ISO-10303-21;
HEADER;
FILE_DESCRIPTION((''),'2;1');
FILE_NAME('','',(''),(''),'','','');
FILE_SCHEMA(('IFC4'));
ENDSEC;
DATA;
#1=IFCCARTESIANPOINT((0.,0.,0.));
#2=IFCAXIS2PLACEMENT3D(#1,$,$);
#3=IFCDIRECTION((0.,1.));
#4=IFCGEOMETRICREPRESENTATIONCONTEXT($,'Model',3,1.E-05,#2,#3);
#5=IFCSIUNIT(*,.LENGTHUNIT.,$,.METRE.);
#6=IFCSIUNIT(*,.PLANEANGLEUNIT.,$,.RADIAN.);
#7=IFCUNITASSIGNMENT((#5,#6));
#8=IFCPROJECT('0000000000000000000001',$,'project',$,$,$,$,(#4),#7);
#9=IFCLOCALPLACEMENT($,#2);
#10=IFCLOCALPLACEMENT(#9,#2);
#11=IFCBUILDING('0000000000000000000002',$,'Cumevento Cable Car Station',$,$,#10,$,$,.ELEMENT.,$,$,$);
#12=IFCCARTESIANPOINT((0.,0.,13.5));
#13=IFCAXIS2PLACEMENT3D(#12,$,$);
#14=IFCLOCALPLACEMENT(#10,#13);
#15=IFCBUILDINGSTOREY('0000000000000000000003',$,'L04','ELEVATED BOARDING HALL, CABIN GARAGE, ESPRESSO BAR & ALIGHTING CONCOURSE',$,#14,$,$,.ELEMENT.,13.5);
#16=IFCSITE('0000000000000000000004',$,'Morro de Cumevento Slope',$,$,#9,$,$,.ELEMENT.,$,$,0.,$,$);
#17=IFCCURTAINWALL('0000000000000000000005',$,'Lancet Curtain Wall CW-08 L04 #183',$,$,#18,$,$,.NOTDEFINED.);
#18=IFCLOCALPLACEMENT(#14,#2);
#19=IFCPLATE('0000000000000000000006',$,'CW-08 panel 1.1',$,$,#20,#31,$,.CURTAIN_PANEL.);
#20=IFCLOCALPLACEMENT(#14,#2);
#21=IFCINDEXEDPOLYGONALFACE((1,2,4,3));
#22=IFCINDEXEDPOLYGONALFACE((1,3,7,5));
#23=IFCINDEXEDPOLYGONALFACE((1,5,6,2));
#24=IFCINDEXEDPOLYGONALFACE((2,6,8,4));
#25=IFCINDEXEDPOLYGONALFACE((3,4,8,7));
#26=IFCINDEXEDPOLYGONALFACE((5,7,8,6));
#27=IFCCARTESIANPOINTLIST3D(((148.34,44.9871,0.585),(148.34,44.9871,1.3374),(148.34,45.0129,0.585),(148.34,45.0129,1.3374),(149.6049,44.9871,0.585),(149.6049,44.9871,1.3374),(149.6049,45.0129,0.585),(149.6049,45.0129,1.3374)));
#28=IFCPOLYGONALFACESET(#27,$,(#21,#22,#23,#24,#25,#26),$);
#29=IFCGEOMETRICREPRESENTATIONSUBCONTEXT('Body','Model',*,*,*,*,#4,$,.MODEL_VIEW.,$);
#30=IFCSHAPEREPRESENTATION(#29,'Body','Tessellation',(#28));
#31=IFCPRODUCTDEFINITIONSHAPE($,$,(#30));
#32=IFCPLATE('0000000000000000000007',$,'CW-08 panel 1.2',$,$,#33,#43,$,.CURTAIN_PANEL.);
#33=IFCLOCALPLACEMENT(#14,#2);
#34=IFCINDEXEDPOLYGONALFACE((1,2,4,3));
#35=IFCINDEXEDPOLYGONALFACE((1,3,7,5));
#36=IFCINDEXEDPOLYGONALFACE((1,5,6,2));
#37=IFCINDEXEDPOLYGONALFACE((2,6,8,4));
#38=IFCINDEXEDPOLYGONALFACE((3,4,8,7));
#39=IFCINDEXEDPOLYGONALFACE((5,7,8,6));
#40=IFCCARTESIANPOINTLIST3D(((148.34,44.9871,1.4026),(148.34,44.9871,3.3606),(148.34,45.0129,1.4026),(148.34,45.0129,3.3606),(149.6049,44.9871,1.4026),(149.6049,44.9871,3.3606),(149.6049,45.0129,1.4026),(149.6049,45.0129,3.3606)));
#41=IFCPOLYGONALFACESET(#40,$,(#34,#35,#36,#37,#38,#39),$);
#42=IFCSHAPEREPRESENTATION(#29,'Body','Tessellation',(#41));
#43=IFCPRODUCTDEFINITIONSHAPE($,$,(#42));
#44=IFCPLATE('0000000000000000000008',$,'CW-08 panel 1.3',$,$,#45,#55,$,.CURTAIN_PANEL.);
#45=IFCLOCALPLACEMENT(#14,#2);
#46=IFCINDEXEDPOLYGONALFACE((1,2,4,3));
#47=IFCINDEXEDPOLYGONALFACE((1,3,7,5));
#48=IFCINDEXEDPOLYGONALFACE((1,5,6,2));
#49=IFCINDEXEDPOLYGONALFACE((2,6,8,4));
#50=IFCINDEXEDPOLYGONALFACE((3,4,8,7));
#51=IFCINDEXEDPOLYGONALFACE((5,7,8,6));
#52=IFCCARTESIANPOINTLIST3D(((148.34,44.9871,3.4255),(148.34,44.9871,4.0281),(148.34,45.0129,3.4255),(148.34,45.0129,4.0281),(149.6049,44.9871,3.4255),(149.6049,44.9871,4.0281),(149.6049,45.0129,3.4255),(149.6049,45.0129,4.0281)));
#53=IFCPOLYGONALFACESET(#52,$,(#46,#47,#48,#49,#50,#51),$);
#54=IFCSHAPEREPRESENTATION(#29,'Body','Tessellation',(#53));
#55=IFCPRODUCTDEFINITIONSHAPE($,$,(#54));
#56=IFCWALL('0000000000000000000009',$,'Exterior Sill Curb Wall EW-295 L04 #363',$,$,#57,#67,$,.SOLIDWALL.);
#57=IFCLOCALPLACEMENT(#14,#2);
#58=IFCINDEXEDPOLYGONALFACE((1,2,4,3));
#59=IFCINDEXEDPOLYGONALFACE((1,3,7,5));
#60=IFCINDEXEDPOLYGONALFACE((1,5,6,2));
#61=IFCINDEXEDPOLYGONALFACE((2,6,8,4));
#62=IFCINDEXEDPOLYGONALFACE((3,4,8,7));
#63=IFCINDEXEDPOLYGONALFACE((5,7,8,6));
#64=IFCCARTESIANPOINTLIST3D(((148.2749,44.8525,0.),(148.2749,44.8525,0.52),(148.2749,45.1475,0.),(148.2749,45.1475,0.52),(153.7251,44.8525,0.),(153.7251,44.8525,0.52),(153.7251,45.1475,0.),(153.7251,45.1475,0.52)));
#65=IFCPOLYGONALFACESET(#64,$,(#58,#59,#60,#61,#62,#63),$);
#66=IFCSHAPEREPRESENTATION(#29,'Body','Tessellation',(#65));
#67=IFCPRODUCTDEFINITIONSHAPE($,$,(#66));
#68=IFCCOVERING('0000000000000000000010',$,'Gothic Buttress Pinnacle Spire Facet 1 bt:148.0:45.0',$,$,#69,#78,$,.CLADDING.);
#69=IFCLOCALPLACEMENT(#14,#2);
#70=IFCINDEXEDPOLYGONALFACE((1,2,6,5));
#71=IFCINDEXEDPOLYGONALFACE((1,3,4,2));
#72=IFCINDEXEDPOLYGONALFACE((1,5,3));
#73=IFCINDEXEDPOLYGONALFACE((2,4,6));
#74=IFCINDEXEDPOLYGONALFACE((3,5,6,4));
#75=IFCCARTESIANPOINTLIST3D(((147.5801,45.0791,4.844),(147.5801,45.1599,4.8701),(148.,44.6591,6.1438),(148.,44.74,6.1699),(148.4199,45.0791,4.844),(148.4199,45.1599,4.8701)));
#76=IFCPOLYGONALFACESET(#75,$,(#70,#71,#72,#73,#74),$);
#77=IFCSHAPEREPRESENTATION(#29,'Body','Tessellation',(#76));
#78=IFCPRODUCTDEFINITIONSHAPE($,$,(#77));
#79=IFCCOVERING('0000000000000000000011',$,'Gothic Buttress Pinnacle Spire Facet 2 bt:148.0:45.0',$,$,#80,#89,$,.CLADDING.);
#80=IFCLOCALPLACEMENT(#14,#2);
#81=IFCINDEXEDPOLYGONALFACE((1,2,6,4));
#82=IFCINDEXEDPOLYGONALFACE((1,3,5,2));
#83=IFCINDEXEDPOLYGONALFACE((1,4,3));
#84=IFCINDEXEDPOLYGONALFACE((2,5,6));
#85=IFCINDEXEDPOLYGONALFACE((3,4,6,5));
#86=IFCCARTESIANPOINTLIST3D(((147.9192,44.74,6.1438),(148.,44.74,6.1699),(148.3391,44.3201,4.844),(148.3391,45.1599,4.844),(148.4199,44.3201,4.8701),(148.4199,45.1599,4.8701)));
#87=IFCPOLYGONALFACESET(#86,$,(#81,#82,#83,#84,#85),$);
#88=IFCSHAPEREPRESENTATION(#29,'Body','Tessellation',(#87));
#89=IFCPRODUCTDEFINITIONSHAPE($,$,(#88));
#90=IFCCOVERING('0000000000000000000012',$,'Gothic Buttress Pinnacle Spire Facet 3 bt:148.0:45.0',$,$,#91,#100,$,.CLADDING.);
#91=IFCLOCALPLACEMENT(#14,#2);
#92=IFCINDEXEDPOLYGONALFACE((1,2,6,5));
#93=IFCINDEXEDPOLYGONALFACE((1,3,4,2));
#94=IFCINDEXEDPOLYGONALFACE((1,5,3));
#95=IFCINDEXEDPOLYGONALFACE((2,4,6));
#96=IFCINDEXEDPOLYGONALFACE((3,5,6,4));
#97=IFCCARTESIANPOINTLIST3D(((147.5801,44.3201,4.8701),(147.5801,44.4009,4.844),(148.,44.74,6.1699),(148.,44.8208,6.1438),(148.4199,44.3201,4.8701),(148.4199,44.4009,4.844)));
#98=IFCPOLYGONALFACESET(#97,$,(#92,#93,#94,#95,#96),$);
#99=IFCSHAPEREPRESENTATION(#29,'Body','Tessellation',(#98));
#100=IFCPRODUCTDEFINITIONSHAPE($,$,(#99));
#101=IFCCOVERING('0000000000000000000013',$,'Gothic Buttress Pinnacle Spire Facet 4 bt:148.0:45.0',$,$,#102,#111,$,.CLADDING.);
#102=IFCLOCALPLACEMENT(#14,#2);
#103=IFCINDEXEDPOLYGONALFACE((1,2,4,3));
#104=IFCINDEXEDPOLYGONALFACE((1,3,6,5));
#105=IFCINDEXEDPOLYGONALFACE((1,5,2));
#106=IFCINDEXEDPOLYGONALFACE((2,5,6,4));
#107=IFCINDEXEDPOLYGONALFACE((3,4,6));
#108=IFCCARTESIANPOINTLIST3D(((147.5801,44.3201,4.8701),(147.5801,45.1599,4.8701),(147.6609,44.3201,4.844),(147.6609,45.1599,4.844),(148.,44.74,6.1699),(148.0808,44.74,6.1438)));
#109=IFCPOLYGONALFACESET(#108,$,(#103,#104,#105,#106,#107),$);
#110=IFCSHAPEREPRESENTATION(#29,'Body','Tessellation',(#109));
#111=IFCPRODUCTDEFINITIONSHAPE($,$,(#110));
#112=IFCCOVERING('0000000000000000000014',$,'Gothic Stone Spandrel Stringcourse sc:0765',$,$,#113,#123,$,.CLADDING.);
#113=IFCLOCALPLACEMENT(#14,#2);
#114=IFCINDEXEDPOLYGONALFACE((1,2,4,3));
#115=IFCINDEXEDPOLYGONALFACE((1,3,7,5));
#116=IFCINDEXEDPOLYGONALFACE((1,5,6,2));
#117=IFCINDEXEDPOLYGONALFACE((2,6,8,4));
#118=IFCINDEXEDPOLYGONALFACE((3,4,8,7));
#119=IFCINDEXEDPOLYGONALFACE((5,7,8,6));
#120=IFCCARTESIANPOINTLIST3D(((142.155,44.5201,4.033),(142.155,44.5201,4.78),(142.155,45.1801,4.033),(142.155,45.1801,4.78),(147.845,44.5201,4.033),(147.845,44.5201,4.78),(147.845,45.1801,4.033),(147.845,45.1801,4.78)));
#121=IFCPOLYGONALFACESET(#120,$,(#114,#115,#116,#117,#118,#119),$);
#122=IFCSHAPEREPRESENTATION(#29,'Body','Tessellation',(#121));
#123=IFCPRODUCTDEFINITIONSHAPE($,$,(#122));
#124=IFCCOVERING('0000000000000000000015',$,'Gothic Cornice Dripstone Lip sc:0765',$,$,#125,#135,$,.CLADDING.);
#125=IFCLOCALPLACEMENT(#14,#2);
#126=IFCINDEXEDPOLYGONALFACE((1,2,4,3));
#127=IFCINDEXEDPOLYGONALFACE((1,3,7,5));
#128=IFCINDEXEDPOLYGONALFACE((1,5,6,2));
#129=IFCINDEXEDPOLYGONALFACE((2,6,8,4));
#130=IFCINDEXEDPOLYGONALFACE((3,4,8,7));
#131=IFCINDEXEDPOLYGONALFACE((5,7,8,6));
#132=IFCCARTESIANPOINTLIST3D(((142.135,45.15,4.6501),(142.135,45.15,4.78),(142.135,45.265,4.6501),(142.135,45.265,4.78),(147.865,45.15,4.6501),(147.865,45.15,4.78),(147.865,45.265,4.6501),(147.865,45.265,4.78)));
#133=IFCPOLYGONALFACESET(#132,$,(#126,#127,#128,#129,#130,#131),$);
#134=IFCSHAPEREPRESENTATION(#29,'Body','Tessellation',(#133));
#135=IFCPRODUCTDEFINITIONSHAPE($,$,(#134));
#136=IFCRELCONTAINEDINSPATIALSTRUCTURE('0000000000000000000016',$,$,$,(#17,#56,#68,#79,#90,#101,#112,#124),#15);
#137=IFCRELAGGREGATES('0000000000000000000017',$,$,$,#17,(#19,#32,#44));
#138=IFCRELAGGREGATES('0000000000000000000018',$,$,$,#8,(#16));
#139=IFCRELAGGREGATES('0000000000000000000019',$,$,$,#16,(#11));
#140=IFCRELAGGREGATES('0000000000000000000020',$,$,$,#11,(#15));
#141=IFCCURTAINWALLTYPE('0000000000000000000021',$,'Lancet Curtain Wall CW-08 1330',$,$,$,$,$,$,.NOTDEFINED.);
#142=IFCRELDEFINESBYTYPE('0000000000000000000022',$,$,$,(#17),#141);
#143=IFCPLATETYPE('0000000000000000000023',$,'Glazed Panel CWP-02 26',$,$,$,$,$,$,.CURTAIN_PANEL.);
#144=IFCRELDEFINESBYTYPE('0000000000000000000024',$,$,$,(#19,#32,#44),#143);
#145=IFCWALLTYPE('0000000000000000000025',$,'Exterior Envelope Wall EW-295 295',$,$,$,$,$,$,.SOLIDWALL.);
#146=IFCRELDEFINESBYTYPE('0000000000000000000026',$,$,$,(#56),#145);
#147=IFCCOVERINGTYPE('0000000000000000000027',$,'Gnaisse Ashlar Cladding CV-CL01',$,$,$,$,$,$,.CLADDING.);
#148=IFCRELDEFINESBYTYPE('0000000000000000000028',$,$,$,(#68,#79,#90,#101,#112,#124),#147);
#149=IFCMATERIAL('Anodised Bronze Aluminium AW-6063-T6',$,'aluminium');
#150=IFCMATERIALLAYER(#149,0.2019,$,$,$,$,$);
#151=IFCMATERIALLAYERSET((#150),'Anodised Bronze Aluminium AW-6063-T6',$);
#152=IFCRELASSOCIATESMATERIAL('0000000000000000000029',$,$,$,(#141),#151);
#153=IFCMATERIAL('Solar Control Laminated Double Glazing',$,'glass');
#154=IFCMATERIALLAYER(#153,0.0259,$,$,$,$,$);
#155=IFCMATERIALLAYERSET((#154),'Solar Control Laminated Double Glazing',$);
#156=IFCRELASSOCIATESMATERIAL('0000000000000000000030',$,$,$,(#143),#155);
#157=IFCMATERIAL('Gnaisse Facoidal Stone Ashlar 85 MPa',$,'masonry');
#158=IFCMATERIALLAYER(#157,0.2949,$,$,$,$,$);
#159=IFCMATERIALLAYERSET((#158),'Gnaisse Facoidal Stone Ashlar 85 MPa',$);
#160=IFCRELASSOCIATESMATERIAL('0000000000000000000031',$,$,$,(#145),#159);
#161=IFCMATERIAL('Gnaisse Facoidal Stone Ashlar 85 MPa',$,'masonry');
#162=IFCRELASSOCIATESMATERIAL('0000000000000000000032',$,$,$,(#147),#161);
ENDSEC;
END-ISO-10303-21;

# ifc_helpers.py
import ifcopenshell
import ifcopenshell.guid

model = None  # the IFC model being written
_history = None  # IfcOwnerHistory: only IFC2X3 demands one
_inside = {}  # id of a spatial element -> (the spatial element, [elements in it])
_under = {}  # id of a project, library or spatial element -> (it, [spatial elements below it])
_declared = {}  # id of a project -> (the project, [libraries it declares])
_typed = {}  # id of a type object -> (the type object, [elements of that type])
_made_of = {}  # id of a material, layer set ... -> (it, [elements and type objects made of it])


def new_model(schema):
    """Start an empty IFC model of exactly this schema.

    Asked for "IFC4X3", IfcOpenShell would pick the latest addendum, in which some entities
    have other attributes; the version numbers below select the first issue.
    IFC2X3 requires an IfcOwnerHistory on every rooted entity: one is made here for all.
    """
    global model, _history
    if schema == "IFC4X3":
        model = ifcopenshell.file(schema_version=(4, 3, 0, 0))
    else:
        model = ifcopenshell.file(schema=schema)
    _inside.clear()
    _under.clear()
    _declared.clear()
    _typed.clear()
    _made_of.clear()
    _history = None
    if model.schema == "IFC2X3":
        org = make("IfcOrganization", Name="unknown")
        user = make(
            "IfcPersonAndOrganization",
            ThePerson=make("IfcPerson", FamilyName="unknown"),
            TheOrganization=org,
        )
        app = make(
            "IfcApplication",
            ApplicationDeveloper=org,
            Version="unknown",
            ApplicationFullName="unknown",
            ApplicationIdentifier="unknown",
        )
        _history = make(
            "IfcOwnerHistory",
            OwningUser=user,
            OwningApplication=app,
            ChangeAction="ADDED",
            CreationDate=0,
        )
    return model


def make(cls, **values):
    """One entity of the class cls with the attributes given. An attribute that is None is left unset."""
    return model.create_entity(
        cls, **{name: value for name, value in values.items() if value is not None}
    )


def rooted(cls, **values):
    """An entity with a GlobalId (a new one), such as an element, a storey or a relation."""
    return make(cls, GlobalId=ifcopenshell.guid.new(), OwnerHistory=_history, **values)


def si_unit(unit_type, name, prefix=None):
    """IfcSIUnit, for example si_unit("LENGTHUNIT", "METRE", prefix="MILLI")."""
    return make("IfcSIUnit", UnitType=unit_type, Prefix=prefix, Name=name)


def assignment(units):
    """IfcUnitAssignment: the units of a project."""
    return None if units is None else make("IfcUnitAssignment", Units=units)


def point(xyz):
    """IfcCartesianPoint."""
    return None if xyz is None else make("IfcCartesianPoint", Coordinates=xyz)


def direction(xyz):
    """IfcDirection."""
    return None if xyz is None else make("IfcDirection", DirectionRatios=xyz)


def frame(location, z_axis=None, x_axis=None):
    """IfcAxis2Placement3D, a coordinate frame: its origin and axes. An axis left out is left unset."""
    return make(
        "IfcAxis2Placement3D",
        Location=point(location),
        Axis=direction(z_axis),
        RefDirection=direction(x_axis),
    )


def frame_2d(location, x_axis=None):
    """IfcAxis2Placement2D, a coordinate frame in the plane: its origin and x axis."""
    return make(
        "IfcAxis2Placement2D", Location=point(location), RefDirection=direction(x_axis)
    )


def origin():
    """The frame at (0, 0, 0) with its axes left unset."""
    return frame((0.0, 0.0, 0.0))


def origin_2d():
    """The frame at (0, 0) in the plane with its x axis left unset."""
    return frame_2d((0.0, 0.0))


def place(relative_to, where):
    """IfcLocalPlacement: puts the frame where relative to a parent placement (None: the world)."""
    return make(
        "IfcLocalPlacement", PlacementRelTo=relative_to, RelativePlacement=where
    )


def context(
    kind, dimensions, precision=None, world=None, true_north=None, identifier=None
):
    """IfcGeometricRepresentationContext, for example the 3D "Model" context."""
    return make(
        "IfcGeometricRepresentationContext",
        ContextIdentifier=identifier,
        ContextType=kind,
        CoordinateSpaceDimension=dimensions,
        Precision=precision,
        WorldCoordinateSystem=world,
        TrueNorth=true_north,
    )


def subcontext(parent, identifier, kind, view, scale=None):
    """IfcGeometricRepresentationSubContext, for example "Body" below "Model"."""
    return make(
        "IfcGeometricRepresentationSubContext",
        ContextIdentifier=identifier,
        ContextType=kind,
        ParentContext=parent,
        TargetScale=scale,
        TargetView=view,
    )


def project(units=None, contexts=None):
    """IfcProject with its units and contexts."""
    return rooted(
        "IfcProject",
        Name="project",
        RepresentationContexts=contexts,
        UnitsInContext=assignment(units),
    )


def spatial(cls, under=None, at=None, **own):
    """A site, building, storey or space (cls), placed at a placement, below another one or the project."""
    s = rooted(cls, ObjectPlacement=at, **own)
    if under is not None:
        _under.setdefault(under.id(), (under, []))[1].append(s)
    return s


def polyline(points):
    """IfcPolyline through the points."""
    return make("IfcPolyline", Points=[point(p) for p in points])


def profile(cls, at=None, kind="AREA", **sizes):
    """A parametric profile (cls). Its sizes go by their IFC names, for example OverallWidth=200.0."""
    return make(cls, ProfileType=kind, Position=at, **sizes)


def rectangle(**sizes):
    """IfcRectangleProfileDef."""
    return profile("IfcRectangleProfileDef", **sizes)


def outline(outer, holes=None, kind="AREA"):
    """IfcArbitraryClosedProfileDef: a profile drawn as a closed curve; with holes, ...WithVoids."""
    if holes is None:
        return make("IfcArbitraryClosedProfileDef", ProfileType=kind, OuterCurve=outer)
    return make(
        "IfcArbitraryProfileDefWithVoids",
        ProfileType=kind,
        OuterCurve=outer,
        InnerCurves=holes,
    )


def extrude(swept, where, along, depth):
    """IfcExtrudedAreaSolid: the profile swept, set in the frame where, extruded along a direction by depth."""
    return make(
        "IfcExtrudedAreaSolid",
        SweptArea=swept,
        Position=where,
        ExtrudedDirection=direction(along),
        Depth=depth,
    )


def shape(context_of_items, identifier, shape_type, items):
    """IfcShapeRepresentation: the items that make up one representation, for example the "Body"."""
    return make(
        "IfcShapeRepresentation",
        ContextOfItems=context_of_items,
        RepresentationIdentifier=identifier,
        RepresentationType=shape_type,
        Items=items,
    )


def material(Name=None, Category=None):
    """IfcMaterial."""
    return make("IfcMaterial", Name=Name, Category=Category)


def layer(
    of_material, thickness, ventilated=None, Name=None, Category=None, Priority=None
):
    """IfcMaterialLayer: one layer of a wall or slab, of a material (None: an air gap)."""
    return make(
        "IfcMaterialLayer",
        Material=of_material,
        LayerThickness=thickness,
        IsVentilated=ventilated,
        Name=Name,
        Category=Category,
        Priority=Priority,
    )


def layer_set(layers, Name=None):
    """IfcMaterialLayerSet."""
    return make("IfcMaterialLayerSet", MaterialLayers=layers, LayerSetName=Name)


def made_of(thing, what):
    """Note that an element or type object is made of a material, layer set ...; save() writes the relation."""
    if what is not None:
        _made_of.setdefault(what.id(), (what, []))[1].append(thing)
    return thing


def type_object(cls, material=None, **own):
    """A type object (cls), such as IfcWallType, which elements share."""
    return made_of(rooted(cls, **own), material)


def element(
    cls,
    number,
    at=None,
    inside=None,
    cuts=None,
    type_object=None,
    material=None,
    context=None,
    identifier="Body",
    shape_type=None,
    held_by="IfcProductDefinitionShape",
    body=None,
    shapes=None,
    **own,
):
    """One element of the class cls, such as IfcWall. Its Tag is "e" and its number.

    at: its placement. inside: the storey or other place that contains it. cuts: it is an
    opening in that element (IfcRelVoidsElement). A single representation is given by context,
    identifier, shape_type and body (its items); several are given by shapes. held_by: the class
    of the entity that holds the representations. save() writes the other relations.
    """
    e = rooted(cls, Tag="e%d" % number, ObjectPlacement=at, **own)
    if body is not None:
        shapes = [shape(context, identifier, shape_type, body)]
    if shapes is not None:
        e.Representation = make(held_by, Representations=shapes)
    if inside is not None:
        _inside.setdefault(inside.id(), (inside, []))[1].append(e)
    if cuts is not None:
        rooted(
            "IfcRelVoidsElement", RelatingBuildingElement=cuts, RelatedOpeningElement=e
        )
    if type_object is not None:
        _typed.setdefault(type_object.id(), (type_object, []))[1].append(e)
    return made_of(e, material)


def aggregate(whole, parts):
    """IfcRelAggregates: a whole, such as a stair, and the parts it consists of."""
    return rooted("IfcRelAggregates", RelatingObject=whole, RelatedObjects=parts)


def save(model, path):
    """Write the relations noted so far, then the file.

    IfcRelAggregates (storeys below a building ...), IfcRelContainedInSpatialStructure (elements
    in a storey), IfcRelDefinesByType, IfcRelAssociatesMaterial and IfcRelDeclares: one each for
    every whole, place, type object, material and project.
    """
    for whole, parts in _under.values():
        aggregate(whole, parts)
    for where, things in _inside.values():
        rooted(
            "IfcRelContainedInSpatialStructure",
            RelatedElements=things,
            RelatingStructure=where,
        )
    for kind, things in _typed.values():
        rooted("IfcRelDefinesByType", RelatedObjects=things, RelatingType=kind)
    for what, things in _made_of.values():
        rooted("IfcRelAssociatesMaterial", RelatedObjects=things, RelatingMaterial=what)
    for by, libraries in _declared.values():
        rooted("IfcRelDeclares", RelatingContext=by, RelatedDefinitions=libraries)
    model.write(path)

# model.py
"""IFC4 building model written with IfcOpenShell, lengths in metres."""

from ifc_helpers import new_model, si_unit, direction, frame, frame_2d, origin, origin_2d, place, context, subcontext, project, spatial, polyline, rectangle, outline, extrude, material, layer, layer_set, type_object, element, aggregate, save


model = new_model("IFC4")

# Units and contexts
model_context = context("Model", 3, precision=1e-05, world=origin(), true_north=direction((0.0, 1.0)))
body_context = subcontext(model_context, "Body", "Model", "MODEL_VIEW")
ifc_project = project(units=[si_unit("LENGTHUNIT", "METRE"), si_unit("PLANEANGLEUNIT", "RADIAN")], contexts=[model_context])

# Site, building, storey
site_placement = place(None, origin())
site = spatial("IfcSite", under=ifc_project, at=site_placement, Name="Morro de Cumevento Slope", CompositionType="ELEMENT", RefElevation=0.0)
building_placement = place(site_placement, origin())
building = spatial("IfcBuilding", under=site, at=building_placement, Name="Cumevento Cable Car Station", CompositionType="ELEMENT")
storey_placement = place(building_placement, frame((0.0, 0.0, 13.5)))
storey = spatial("IfcBuildingStorey", under=building, at=storey_placement, Name="L04", Description="ELEVATED BOARDING HALL, CABIN GARAGE, ESPRESSO BAR & ALIGHTING CONCOURSE", CompositionType="ELEMENT", Elevation=13.5)

# Curtain wall
ifc_material_1 = material(Name="Anodised Bronze Aluminium AW-6063-T6", Category="aluminium")
ifc_layer_1 = layer(ifc_material_1, 0.2019)
ifc_layer_set_1 = layer_set([ifc_layer_1], Name="Anodised Bronze Aluminium AW-6063-T6")
curtain_wall_type = type_object("IfcCurtainWallType", Name="Lancet Curtain Wall CW-08 1330", PredefinedType="NOTDEFINED", material=ifc_layer_set_1)
curtain_wall_placement = place(storey_placement, origin())
curtain_wall = element("IfcCurtainWall", 1, at=curtain_wall_placement, inside=storey, type_object=curtain_wall_type, Name="Lancet Curtain Wall CW-08 L04 #183", PredefinedType="NOTDEFINED")

# Plates
ifc_material_2 = material(Name="Solar Control Laminated Double Glazing", Category="glass")
ifc_layer_2 = layer(ifc_material_2, 0.0259)
ifc_layer_set_2 = layer_set([ifc_layer_2], Name="Solar Control Laminated Double Glazing")
plate_type = type_object("IfcPlateType", Name="Glazed Panel CWP-02 26", PredefinedType="CURTAIN_PANEL", material=ifc_layer_set_2)
plate_1_placement = place(storey_placement, frame((148.9724, 45.0, 0.585), z_axis=(0.0, 0.0, 1.0), x_axis=(1.0, 0.0, 0.0)))
plate_1 = element("IfcPlate", 2, at=plate_1_placement, type_object=plate_type, Name="CW-08 panel 1.1", PredefinedType="CURTAIN_PANEL", context=body_context, shape_type="SweptSolid", body=[
    extrude(rectangle(XDim=1.2649, YDim=0.0259, at=origin_2d()), origin(), (0.0, 0.0, 1.0), 0.7524),
])
plate_2_placement = place(storey_placement, frame((148.9724, 45.0, 1.4026), z_axis=(0.0, 0.0, 1.0), x_axis=(1.0, 0.0, 0.0)))
plate_2 = element("IfcPlate", 3, at=plate_2_placement, type_object=plate_type, Name="CW-08 panel 1.2", PredefinedType="CURTAIN_PANEL", context=body_context, shape_type="SweptSolid", body=[
    extrude(rectangle(XDim=1.2649, YDim=0.0259, at=origin_2d()), origin(), (0.0, 0.0, 1.0), 1.958),
])
plate_3_placement = place(storey_placement, frame((148.9724, 45.0, 3.4255), z_axis=(0.0, 0.0, 1.0), x_axis=(1.0, 0.0, 0.0)))
plate_3 = element("IfcPlate", 4, at=plate_3_placement, type_object=plate_type, Name="CW-08 panel 1.3", PredefinedType="CURTAIN_PANEL", context=body_context, shape_type="SweptSolid", body=[
    extrude(rectangle(XDim=1.2649, YDim=0.0259, at=origin_2d()), origin(), (0.0, 0.0, 1.0), 0.6025),
])
aggregate(curtain_wall, [plate_1, plate_2, plate_3])

# Wall
ifc_material_3 = material(Name="Gnaisse Facoidal Stone Ashlar 85 MPa", Category="masonry")
ifc_layer_3 = layer(ifc_material_3, 0.2949)
ifc_layer_set_3 = layer_set([ifc_layer_3], Name="Gnaisse Facoidal Stone Ashlar 85 MPa")
wall_type = type_object("IfcWallType", Name="Exterior Envelope Wall EW-295 295", PredefinedType="SOLIDWALL", material=ifc_layer_set_3)
wall_placement = place(storey_placement, frame((148.2749, 45.0, 0.0), z_axis=(0.0, 0.0, 1.0), x_axis=(1.0, 0.0, 0.0)))
element("IfcWall", 5, at=wall_placement, inside=storey, type_object=wall_type, Name="Exterior Sill Curb Wall EW-295 L04 #363", PredefinedType="SOLIDWALL", context=body_context, shape_type="SweptSolid", body=[
    extrude(rectangle(XDim=5.4502, YDim=0.2949, at=frame_2d((2.7251, 0.0))), origin(), (0.0, 0.0, 1.0), 0.52),
])

# Coverings
ifc_material_4 = material(Name="Gnaisse Facoidal Stone Ashlar 85 MPa", Category="masonry")
covering_type = type_object("IfcCoveringType", Name="Gnaisse Ashlar Cladding CV-CL01", PredefinedType="CLADDING", material=ifc_material_4)
for number, where, z_axis, x_axis, name in (
    (6, (147.5801, 45.1599, 4.8701), (0.0, 0.951574, 0.307421), (1.0, 0.0, 0.0), "Gothic Buttress Pinnacle Spire Facet 1 bt:148.0:45.0"),
    (7, (148.4199, 45.1599, 4.8701), (0.951574, 0.0, 0.307421), (0.0, -1.0, 0.0), "Gothic Buttress Pinnacle Spire Facet 2 bt:148.0:45.0"),
    (8, (148.4199, 44.3201, 4.8701), (0.0, -0.951574, 0.307421), (-1.0, 0.0, 0.0), "Gothic Buttress Pinnacle Spire Facet 3 bt:148.0:45.0"),
    (9, (147.5801, 44.3201, 4.8701), (-0.951574, 0.0, 0.307421), (0.0, 1.0, 0.0), "Gothic Buttress Pinnacle Spire Facet 4 bt:148.0:45.0"),
):
    element("IfcCovering", number, at=place(storey_placement, frame(where, z_axis=z_axis, x_axis=x_axis)), inside=storey, type_object=covering_type, Name=name, PredefinedType="CLADDING", context=body_context, shape_type="SweptSolid", body=[
        extrude(outline(polyline([(0.0, 0.0), (0.8398, 0.0), (0.4199, -1.366), (0.0, 0.0)])), origin(), (0.0, 0.0, -1.0), 0.085),
    ])
covering_1_placement = place(storey_placement, frame((145.0, 44.8501, 4.033), z_axis=(0.0, 0.0, 1.0), x_axis=(1.0, 0.0, 0.0)))
element("IfcCovering", 10, at=covering_1_placement, inside=storey, type_object=covering_type, Name="Gothic Stone Spandrel Stringcourse sc:0765", PredefinedType="CLADDING", context=body_context, shape_type="SweptSolid", body=[
    extrude(rectangle(XDim=5.6899, YDim=0.6599, at=origin_2d()), origin(), (0.0, 0.0, 1.0), 0.7471),
])
covering_2_placement = place(storey_placement, frame((145.0, 45.2075, 4.6501), z_axis=(0.0, 0.0, 1.0), x_axis=(1.0, 0.0, 0.0)))
element("IfcCovering", 11, at=covering_2_placement, inside=storey, type_object=covering_type, Name="Gothic Cornice Dripstone Lip sc:0765", PredefinedType="CLADDING", context=body_context, shape_type="SweptSolid", body=[
    extrude(rectangle(XDim=5.73, YDim=0.115, at=origin_2d()), origin(), (0.0, 0.0, 1.0), 0.1299),
])

save(model, "model.ifc")
